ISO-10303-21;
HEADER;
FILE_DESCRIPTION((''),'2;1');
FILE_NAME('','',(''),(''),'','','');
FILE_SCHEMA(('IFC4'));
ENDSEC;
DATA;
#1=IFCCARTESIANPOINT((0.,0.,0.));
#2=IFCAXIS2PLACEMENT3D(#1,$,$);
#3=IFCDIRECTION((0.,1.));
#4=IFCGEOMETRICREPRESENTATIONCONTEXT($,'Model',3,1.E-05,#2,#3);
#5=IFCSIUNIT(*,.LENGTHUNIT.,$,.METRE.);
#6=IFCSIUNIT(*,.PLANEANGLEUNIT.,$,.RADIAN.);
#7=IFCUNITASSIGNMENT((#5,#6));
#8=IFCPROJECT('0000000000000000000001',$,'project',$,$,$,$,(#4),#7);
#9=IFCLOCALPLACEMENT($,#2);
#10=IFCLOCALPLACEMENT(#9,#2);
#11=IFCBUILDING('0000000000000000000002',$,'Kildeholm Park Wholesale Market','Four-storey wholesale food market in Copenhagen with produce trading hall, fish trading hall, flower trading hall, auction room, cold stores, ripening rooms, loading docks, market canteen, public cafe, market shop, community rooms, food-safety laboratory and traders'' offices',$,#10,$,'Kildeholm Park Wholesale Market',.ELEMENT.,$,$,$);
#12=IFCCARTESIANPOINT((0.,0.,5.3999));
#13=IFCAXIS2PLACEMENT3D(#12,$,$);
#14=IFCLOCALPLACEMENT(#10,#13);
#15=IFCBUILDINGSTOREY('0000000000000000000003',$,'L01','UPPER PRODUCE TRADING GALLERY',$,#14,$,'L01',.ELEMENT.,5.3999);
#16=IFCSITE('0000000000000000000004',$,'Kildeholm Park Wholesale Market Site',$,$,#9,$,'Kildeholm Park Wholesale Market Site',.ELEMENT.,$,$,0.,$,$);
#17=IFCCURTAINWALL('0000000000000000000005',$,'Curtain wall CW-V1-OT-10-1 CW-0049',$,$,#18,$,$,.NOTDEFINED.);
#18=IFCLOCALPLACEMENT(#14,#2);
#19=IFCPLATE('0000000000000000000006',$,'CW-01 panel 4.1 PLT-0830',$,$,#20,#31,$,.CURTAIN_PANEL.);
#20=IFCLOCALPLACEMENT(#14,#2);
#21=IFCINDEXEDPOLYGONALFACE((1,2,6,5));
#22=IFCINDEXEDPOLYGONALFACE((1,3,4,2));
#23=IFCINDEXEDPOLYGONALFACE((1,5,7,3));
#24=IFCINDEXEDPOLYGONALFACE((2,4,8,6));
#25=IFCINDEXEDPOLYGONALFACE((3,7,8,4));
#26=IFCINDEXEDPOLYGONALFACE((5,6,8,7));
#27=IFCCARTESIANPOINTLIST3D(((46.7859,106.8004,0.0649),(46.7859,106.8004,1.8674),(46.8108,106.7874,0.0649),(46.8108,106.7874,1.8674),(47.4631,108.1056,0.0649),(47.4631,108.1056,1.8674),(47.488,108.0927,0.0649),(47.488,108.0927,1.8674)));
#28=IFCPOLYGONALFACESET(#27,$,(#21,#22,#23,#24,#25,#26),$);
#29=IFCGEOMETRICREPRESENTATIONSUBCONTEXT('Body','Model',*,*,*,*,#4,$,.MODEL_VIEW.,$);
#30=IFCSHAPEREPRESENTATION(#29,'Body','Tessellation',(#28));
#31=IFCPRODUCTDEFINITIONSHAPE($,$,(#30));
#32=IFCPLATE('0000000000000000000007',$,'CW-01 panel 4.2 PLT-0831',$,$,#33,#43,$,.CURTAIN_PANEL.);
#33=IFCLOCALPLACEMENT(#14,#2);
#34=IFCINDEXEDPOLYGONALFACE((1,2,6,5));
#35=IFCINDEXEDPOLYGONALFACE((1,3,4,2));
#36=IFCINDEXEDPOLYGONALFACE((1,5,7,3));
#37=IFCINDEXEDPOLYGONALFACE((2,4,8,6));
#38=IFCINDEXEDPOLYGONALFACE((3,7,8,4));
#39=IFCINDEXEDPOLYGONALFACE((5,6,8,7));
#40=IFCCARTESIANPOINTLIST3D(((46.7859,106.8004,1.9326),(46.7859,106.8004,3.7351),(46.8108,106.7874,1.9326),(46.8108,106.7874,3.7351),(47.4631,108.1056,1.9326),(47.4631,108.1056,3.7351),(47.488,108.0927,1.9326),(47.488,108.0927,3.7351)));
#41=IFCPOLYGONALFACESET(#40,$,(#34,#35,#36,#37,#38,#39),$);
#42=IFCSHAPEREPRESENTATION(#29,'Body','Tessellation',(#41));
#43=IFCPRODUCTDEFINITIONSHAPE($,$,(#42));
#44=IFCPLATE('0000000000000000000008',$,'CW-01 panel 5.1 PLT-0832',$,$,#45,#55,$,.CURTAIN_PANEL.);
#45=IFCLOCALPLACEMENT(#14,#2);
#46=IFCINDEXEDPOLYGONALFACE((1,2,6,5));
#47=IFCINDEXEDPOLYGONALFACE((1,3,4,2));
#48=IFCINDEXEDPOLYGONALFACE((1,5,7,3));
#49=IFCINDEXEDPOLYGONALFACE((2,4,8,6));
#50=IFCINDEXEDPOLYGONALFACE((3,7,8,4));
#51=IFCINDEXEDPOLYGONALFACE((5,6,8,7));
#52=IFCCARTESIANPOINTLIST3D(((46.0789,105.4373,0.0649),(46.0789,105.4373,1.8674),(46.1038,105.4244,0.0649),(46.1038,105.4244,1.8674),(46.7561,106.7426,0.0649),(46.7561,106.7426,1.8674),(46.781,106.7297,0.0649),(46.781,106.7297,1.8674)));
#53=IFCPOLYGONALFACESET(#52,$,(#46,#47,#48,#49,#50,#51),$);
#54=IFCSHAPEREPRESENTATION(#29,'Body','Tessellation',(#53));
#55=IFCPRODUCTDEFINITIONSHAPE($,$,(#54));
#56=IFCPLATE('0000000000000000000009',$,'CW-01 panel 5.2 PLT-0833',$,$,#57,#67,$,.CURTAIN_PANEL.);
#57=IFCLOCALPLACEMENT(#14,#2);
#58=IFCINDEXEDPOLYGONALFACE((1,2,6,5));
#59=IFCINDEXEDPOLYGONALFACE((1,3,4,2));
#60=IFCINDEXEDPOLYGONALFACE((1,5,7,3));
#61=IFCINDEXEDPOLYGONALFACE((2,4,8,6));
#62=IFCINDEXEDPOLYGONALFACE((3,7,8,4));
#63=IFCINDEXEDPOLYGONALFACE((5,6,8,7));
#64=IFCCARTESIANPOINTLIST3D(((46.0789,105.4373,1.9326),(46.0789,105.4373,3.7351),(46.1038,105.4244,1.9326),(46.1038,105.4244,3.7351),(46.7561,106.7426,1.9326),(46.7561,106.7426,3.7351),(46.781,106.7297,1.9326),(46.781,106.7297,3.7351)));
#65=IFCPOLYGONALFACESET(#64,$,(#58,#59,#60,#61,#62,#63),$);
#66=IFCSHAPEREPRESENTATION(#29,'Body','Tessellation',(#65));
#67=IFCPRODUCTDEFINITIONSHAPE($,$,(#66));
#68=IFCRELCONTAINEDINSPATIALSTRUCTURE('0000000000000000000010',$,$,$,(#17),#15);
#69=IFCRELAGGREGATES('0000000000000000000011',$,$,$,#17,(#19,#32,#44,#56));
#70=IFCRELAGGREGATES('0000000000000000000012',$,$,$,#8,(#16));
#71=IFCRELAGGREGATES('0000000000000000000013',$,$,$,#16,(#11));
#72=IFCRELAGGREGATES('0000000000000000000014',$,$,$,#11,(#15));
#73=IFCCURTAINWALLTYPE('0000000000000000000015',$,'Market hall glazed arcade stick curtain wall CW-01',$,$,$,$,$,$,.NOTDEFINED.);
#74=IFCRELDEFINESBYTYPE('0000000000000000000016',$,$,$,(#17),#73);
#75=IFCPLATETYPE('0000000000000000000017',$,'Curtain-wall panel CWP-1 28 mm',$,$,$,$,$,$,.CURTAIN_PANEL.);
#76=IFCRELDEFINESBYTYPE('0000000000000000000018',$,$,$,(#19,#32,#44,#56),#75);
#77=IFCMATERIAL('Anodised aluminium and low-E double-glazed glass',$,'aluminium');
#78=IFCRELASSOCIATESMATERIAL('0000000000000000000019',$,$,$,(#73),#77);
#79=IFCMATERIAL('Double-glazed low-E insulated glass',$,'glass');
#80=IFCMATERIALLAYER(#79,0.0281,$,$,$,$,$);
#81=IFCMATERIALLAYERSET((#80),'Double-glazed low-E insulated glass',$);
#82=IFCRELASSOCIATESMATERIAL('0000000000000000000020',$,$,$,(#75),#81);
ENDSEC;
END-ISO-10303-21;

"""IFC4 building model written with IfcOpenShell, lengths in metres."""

from ifc_helpers import new_model, si_unit, direction, frame, origin, origin_2d, place, context, subcontext, project, spatial, rectangle, extrude, material, layer, layer_set, type_object, element, aggregate, save


model = new_model("IFC4")

# Units and contexts
model_context = context("Model", 3, precision=1e-05, world=origin(), true_north=direction((0.0, 1.0)))
body_context = subcontext(model_context, "Body", "Model", "MODEL_VIEW")
ifc_project = project(units=[si_unit("LENGTHUNIT", "METRE"), si_unit("PLANEANGLEUNIT", "RADIAN")], contexts=[model_context])

# Site, building, storey
site_placement = place(None, origin())
site = spatial("IfcSite", under=ifc_project, at=site_placement, Name="Kildeholm Park Wholesale Market Site", LongName="Kildeholm Park Wholesale Market Site", CompositionType="ELEMENT", RefElevation=0.0)
building_placement = place(site_placement, origin())
building = spatial("IfcBuilding", under=site, at=building_placement, Name="Kildeholm Park Wholesale Market", Description="Four-storey wholesale food market in Copenhagen with produce trading hall, fish trading hall, flower trading hall, auction room, cold stores, ripening rooms, loading docks, market canteen, public cafe, market shop, community rooms, food-safety laboratory and traders' offices", LongName="Kildeholm Park Wholesale Market", CompositionType="ELEMENT")
storey_placement = place(building_placement, frame((0.0, 0.0, 5.3999)))
storey = spatial("IfcBuildingStorey", under=building, at=storey_placement, Name="L01", Description="UPPER PRODUCE TRADING GALLERY", LongName="L01", CompositionType="ELEMENT", Elevation=5.3999)

# Shared definitions
ifc_material_1 = material(Name="Anodised aluminium and low-E double-glazed glass", Category="aluminium")
curtain_wall_type = type_object("IfcCurtainWallType", Name="Market hall glazed arcade stick curtain wall CW-01", PredefinedType="NOTDEFINED", material=ifc_material_1)

# Curtain wall
curtain_wall_1_placement = place(storey_placement, origin())
curtain_wall_1 = element("IfcCurtainWall", 1, at=curtain_wall_1_placement, inside=storey, type_object=curtain_wall_type, Name="Curtain wall CW-V1-OT-10-1 CW-0049", PredefinedType="NOTDEFINED")

# Plates
ifc_material_2 = material(Name="Double-glazed low-E insulated glass", Category="glass")
ifc_layer = layer(ifc_material_2, 0.0281)
ifc_layer_set = layer_set([ifc_layer], Name="Double-glazed low-E insulated glass")
plate_type = type_object("IfcPlateType", Name="Curtain-wall panel CWP-1 28 mm", PredefinedType="CURTAIN_PANEL", material=ifc_layer_set)
plate_1_placement = place(storey_placement, frame((47.137, 107.4465, 0.0649), z_axis=(0.0, 0.0, 1.0), x_axis=(-0.460514, -0.887652, 0.0)))
plate_1 = element("IfcPlate", 2, at=plate_1_placement, type_object=plate_type, Name="CW-01 panel 4.1 PLT-0830", PredefinedType="CURTAIN_PANEL", context=body_context, shape_type="SweptSolid", body=[
    extrude(rectangle(XDim=1.4705, YDim=0.0281, at=origin_2d()), origin(), (0.0, 0.0, 1.0), 1.8025),
])
plate_2_placement = place(storey_placement, frame((47.137, 107.4465, 1.9326), z_axis=(0.0, 0.0, 1.0), x_axis=(-0.460514, -0.887652, 0.0)))
plate_2 = element("IfcPlate", 3, at=plate_2_placement, type_object=plate_type, Name="CW-01 panel 4.2 PLT-0831", PredefinedType="CURTAIN_PANEL", context=body_context, shape_type="SweptSolid", body=[
    extrude(rectangle(XDim=1.4705, YDim=0.0281, at=origin_2d()), origin(), (0.0, 0.0, 1.0), 1.8025),
])
plate_3_placement = place(storey_placement, frame((46.4299, 106.0835, 0.0649), z_axis=(0.0, 0.0, 1.0), x_axis=(-0.460514, -0.887652, 0.0)))
plate_3 = element("IfcPlate", 4, at=plate_3_placement, type_object=plate_type, Name="CW-01 panel 5.1 PLT-0832", PredefinedType="CURTAIN_PANEL", context=body_context, shape_type="SweptSolid", body=[
    extrude(rectangle(XDim=1.4705, YDim=0.0281, at=origin_2d()), origin(), (0.0, 0.0, 1.0), 1.8025),
])
plate_4_placement = place(storey_placement, frame((46.4299, 106.0835, 1.9326), z_axis=(0.0, 0.0, 1.0), x_axis=(-0.460514, -0.887652, 0.0)))
plate_4 = element("IfcPlate", 5, at=plate_4_placement, type_object=plate_type, Name="CW-01 panel 5.2 PLT-0833", PredefinedType="CURTAIN_PANEL", context=body_context, shape_type="SweptSolid", body=[
    extrude(rectangle(XDim=1.4705, YDim=0.0281, at=origin_2d()), origin(), (0.0, 0.0, 1.0), 1.8025),
])
aggregate(curtain_wall_1, [plate_1, plate_2, plate_3, plate_4])

save(model, "model.ifc")
